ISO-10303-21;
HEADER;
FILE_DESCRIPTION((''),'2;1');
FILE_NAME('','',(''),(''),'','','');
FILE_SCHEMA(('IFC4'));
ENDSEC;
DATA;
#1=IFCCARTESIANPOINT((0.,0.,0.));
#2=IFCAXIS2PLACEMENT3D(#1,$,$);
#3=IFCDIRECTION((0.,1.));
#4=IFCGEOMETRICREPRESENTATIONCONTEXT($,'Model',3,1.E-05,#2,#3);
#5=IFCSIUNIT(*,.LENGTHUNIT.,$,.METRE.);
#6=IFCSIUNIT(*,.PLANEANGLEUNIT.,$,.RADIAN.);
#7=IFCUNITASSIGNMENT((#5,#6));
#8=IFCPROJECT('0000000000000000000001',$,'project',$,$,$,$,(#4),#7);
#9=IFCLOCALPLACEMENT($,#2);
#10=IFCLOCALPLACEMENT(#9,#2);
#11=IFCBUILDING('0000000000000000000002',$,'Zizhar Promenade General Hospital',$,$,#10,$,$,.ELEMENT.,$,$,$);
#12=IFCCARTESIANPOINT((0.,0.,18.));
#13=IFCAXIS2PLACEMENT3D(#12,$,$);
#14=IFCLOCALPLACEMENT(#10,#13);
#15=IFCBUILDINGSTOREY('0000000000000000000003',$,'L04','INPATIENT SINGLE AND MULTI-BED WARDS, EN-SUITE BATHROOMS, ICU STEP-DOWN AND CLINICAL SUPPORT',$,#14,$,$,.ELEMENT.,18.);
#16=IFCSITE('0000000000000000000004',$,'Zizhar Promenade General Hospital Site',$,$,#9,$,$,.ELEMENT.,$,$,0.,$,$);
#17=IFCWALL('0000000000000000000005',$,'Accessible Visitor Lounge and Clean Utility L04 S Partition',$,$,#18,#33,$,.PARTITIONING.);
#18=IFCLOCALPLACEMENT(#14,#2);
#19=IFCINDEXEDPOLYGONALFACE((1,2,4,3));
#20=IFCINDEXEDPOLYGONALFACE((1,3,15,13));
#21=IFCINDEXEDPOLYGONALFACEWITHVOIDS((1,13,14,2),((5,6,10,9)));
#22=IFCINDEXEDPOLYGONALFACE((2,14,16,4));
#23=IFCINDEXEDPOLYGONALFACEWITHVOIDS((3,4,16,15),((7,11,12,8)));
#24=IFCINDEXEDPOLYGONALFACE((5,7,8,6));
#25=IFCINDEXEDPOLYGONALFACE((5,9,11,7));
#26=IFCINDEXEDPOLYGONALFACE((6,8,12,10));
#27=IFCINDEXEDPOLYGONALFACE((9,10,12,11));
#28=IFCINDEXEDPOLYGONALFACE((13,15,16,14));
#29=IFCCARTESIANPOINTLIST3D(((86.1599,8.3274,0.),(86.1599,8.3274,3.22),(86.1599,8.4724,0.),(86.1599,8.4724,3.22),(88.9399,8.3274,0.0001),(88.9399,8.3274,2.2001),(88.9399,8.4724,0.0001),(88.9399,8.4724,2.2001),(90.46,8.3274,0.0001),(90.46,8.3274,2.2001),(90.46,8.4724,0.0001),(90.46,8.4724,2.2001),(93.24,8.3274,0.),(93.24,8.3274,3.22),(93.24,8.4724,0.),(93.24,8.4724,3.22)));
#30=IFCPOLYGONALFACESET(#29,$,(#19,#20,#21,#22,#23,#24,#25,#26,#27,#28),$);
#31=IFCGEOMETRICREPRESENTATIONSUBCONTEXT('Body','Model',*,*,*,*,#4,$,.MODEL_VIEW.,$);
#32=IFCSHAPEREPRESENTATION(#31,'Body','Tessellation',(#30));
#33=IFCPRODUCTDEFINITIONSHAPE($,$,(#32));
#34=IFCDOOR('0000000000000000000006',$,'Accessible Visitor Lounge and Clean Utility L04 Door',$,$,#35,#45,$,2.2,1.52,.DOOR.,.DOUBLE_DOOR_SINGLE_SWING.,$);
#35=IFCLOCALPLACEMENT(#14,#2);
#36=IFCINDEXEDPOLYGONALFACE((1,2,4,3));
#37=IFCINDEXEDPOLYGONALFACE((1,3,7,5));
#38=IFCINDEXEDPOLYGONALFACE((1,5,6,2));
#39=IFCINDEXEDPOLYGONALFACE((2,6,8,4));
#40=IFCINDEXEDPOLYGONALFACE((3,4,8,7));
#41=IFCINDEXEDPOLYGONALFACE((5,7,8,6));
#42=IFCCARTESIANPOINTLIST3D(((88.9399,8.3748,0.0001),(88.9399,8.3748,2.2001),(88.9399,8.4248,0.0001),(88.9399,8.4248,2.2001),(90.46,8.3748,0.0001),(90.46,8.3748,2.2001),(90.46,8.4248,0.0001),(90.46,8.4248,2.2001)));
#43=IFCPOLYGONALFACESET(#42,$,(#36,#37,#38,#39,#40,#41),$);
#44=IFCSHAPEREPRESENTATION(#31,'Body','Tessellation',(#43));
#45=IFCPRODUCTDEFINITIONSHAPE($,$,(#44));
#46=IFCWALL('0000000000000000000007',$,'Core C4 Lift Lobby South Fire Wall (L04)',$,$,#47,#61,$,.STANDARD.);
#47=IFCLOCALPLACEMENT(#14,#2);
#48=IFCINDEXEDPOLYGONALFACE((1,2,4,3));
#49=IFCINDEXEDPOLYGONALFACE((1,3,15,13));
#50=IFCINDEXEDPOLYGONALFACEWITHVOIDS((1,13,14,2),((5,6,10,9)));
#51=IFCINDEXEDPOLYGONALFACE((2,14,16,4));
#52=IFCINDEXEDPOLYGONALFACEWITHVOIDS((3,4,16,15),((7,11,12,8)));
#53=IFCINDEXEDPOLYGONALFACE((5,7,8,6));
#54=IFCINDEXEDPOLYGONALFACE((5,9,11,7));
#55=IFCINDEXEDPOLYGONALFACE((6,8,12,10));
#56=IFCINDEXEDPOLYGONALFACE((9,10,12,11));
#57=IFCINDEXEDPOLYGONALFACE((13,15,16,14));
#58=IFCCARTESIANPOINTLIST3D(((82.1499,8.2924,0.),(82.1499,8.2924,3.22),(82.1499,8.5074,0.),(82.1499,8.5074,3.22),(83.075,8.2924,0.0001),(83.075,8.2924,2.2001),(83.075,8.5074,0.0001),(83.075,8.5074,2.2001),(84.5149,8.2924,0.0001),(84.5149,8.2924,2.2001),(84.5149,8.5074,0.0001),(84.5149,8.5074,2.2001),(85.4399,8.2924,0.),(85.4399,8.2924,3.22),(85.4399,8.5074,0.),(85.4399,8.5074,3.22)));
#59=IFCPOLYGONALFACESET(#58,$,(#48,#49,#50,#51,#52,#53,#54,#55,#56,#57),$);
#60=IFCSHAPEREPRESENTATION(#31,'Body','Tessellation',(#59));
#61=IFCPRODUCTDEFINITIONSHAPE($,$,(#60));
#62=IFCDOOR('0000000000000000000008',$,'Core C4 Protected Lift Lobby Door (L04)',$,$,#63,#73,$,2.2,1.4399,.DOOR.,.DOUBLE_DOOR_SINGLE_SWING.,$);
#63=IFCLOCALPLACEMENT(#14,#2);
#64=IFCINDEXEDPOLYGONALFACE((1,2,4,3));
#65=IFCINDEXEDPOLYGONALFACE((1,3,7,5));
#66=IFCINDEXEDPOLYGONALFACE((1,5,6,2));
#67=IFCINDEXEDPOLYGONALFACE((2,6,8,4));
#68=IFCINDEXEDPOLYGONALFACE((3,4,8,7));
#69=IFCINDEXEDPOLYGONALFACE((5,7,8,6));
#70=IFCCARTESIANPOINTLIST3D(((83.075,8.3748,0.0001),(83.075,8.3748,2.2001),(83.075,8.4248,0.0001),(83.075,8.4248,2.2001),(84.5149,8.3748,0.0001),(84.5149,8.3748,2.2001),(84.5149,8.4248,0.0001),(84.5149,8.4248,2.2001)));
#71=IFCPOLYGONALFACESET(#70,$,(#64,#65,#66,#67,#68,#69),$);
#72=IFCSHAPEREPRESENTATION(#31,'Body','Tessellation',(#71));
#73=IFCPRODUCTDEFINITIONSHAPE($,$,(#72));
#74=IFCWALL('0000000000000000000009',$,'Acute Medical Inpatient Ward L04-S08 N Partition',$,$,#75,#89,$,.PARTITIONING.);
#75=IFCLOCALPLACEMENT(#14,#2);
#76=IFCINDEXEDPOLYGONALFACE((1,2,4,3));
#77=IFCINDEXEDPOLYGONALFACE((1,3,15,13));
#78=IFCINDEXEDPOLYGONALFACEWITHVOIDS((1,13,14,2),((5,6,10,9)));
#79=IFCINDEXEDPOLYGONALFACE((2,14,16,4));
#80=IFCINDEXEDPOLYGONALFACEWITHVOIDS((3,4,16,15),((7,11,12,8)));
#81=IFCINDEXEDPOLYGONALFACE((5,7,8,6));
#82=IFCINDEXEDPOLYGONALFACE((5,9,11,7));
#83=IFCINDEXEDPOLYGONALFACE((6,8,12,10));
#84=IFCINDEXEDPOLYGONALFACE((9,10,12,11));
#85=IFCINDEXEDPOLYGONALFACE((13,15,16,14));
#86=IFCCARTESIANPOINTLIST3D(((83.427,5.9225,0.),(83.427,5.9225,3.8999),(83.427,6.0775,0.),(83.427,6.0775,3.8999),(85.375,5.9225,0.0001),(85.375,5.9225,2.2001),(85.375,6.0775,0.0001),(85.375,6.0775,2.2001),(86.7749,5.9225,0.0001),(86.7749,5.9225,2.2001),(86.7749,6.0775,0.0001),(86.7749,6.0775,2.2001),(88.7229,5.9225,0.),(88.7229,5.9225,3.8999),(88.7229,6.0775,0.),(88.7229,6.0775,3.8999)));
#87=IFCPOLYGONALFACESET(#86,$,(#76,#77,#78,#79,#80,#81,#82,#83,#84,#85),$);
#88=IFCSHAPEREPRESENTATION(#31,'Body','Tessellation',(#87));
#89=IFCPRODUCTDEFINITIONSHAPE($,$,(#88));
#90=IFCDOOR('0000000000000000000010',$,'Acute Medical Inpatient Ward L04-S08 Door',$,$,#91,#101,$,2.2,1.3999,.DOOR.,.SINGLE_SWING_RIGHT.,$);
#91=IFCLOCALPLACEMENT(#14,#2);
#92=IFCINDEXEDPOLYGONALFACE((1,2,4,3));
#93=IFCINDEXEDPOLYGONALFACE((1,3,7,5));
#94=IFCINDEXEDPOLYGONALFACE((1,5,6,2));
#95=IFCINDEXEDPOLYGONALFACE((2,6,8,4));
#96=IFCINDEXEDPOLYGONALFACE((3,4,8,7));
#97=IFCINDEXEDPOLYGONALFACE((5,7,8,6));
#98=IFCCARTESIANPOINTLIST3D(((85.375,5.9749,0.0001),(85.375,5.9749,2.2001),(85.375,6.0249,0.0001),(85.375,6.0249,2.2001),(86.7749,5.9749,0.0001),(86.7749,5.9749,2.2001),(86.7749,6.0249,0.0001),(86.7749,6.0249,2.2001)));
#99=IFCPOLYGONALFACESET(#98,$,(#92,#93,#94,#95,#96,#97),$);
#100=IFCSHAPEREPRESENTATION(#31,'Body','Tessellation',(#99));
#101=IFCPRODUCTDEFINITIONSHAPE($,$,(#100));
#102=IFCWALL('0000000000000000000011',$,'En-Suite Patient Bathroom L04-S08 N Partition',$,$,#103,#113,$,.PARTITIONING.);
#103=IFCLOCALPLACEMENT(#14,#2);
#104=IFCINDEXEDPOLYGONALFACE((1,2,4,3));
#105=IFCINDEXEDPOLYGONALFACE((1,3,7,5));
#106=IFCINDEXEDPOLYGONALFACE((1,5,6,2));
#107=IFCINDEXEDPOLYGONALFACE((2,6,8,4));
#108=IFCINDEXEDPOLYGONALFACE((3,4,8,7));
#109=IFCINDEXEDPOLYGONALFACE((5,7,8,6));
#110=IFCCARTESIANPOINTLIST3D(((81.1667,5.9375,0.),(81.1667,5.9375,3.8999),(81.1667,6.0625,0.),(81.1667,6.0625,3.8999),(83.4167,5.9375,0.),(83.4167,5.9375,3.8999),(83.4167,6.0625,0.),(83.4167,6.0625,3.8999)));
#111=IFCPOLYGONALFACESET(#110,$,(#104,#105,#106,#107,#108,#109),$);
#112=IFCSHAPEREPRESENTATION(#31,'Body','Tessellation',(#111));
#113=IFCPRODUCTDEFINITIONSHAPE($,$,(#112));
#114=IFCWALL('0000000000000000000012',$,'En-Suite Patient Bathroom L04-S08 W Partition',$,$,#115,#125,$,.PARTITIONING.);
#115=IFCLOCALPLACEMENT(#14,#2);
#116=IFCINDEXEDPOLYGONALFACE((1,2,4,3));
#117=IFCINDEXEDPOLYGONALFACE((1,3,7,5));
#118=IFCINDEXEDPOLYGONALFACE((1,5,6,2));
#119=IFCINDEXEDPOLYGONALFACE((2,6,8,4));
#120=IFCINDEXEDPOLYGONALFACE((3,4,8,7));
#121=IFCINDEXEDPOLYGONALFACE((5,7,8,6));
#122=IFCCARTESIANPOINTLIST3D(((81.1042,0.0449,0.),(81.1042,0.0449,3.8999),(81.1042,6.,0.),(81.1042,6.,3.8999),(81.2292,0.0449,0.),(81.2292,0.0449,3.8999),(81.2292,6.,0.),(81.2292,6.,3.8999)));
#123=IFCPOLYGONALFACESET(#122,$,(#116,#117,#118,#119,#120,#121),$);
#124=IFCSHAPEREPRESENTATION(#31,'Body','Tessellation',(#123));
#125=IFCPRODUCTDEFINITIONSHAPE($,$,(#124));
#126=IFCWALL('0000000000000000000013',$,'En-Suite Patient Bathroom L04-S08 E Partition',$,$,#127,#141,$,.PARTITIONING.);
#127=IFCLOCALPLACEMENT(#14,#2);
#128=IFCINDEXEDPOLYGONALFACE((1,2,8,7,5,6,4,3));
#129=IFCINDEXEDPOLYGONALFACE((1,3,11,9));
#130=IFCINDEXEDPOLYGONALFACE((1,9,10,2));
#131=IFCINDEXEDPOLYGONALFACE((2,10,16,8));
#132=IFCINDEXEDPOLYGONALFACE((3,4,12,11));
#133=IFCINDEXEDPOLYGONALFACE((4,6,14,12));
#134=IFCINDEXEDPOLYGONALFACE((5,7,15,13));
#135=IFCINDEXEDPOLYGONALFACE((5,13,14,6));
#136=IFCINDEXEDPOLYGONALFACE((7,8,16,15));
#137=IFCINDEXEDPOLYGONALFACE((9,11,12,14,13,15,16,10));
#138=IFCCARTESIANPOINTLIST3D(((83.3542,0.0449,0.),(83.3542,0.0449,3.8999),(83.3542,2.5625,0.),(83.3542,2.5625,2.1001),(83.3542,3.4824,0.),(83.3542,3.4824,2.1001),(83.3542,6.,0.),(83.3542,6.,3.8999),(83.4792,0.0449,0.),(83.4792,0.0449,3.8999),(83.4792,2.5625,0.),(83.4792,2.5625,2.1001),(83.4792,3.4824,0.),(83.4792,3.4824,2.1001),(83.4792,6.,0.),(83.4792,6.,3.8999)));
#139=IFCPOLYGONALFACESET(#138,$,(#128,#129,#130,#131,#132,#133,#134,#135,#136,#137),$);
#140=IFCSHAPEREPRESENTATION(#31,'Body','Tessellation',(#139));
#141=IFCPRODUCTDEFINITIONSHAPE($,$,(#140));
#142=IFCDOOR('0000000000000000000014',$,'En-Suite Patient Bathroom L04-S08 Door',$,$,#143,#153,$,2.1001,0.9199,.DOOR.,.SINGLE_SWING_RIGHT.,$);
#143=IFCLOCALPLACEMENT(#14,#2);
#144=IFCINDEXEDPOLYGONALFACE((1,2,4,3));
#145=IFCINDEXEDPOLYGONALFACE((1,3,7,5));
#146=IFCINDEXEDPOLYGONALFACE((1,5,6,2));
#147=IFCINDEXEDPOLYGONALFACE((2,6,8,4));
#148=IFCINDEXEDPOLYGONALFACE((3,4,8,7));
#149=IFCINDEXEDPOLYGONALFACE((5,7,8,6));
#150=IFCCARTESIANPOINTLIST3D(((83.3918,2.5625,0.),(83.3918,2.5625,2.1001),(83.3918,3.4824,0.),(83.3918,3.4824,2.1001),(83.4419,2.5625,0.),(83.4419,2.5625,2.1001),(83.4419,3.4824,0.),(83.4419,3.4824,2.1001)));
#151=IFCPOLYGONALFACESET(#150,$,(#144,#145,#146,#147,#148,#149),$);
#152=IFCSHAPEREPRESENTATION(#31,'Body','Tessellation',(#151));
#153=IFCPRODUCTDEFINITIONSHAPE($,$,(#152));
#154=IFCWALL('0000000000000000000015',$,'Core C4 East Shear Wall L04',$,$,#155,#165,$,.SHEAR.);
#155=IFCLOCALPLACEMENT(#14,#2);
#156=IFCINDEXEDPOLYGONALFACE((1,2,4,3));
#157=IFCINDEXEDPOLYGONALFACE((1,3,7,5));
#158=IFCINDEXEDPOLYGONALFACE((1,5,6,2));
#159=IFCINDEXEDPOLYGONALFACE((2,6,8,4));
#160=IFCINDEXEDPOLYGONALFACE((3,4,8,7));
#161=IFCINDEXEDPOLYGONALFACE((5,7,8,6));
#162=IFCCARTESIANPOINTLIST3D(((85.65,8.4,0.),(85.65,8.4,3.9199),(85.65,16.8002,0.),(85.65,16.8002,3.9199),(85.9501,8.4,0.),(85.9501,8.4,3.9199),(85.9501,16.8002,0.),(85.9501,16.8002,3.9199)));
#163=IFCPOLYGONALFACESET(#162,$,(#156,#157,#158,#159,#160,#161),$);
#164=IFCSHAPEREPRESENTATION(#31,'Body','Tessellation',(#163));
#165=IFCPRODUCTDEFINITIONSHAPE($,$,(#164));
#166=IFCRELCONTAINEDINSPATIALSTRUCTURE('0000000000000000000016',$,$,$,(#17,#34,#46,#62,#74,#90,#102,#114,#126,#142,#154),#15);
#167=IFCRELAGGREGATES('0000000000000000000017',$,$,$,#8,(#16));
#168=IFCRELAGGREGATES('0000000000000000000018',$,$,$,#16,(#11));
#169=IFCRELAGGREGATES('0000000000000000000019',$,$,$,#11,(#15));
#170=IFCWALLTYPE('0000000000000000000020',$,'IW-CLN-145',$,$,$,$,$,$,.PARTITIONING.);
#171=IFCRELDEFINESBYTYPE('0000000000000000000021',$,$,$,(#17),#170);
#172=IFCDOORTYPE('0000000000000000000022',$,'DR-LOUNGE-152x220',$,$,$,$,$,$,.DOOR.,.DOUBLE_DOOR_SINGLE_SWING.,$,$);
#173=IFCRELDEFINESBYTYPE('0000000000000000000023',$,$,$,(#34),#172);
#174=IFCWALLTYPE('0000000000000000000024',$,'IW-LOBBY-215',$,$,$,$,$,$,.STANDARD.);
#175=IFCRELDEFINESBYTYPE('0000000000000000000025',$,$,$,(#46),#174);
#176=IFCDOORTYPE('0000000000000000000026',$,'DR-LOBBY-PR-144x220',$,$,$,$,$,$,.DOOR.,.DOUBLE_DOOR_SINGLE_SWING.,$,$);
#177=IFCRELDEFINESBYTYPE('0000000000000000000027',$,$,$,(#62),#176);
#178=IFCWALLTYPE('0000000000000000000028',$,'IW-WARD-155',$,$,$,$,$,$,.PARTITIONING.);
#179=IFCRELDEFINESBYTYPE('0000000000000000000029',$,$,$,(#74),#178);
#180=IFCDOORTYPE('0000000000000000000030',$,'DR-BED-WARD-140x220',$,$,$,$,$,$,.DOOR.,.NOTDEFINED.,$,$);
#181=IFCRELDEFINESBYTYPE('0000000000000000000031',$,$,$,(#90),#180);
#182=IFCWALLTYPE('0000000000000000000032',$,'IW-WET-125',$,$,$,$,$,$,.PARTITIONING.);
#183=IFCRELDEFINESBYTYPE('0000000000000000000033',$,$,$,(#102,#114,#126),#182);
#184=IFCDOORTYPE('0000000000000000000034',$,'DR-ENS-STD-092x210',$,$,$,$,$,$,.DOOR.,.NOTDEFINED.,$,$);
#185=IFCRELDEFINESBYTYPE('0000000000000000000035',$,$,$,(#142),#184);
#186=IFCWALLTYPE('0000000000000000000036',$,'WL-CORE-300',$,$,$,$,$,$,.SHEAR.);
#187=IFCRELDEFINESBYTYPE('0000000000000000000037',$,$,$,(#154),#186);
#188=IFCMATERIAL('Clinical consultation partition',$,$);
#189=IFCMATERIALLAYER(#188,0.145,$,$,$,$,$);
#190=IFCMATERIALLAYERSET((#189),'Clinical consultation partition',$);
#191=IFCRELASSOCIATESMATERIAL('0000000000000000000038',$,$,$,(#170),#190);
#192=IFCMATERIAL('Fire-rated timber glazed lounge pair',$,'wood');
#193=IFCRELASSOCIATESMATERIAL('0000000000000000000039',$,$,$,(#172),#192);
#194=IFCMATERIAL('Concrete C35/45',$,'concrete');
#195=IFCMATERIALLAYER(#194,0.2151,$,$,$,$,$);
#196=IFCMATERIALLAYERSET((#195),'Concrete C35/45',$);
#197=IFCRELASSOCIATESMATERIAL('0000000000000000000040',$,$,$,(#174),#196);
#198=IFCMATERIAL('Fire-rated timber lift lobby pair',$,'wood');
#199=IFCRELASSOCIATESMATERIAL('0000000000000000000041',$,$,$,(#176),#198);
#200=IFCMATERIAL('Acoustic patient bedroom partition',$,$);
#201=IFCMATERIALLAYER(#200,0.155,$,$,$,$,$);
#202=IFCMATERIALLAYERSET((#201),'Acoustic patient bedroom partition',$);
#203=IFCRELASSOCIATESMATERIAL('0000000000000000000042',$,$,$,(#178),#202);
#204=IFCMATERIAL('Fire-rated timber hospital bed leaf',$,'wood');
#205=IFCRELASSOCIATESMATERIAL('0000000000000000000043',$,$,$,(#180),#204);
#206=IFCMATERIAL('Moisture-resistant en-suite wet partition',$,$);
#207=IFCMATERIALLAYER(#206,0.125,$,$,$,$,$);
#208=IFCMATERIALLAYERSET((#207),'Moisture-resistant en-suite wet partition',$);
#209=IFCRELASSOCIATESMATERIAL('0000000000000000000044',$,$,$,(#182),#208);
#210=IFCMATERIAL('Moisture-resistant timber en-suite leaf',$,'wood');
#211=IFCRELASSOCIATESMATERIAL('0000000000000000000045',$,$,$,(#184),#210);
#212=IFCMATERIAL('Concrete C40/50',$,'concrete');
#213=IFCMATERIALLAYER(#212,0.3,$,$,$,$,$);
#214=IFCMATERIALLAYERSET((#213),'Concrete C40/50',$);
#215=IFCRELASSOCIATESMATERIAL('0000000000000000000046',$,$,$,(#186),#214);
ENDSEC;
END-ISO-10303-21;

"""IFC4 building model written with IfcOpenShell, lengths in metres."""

from ifc_helpers import new_model, si_unit, direction, frame, frame_2d, origin, place, context, subcontext, project, spatial, rectangle, extrude, material, layer, layer_set, type_object, element, fill, save


model = new_model("IFC4")

# Units and contexts
model_context = context("Model", 3, precision=1e-05, world=origin(), true_north=direction((0.0, 1.0)))
body_context = subcontext(model_context, "Body", "Model", "MODEL_VIEW")
ifc_project = project(units=[si_unit("LENGTHUNIT", "METRE"), si_unit("PLANEANGLEUNIT", "RADIAN")], contexts=[model_context])

# Site, building, storey
site_placement = place(None, origin())
site = spatial("IfcSite", under=ifc_project, at=site_placement, Name="Zizhar Promenade General Hospital Site", CompositionType="ELEMENT", RefElevation=0.0)
building_placement = place(site_placement, origin())
building = spatial("IfcBuilding", under=site, at=building_placement, Name="Zizhar Promenade General Hospital", CompositionType="ELEMENT")
storey_placement = place(building_placement, frame((0.0, 0.0, 18.0)))
storey = spatial("IfcBuildingStorey", under=building, at=storey_placement, Name="L04", Description="INPATIENT SINGLE AND MULTI-BED WARDS, EN-SUITE BATHROOMS, ICU STEP-DOWN AND CLINICAL SUPPORT", CompositionType="ELEMENT", Elevation=18.0)

# Walls, openings, doors
ifc_material_1 = material(Name="Clinical consultation partition")
ifc_layer_1 = layer(ifc_material_1, 0.145)
ifc_layer_set_1 = layer_set([ifc_layer_1], Name="Clinical consultation partition")
wall_type_1 = type_object("IfcWallType", Name="IW-CLN-145", PredefinedType="PARTITIONING", material=ifc_layer_set_1)
wall_1_placement = place(storey_placement, frame((86.1599, 8.3999, 0.0), z_axis=(0.0, 0.0, 1.0), x_axis=(1.0, 0.0, 0.0)))
wall_1 = element("IfcWall", 1, at=wall_1_placement, inside=storey, type_object=wall_type_1, Name="Accessible Visitor Lounge and Clean Utility L04 S Partition", PredefinedType="PARTITIONING", context=body_context, shape_type="SweptSolid", body=[
    extrude(rectangle(XDim=7.0801, YDim=0.145, at=frame_2d((3.54, 0.0))), origin(), (0.0, 0.0, 1.0), 3.22),
])
opening_1_placement = place(wall_1_placement, frame((2.78, 0.0, 0.0)))
opening_1 = element("IfcOpeningElement", 2, at=opening_1_placement, cuts=wall_1, PredefinedType="OPENING", context=body_context, shape_type="SweptSolid", body=[
    extrude(rectangle(XDim=1.52, YDim=2.2, at=frame_2d((0.76, 1.1001))), frame((0.0, 0.0825, 0.0), z_axis=(0.0, -1.0, 0.0), x_axis=(1.0, 0.0, 0.0)), (0.0, 0.0, 1.0), 0.165),
])
ifc_material_2 = material(Name="Fire-rated timber glazed lounge pair", Category="wood")
door_type_1 = type_object("IfcDoorType", Name="DR-LOUNGE-152x220", OperationType="DOUBLE_DOOR_SINGLE_SWING", PredefinedType="DOOR", material=ifc_material_2)
door_1_placement = place(opening_1_placement, origin())
door_1 = element("IfcDoor", 3, at=door_1_placement, inside=storey, type_object=door_type_1, Name="Accessible Visitor Lounge and Clean Utility L04 Door", OperationType="DOUBLE_DOOR_SINGLE_SWING", OverallHeight=2.2, OverallWidth=1.52, PredefinedType="DOOR", context=body_context, shape_type="SweptSolid", body=[
    extrude(rectangle(XDim=1.52, YDim=2.2, at=frame_2d((0.76, 1.1001))), frame((0.0, 0.0249, 0.0), z_axis=(0.0, -1.0, 0.0), x_axis=(1.0, 0.0, 0.0)), (0.0, 0.0, 1.0), 0.05),
])
fill(opening_1, door_1)
ifc_material_3 = material(Name="Concrete C35/45", Category="concrete")
ifc_layer_2 = layer(ifc_material_3, 0.2151)
ifc_layer_set_2 = layer_set([ifc_layer_2], Name="Concrete C35/45")
wall_type_2 = type_object("IfcWallType", Name="IW-LOBBY-215", PredefinedType="STANDARD", material=ifc_layer_set_2)
wall_2_placement = place(storey_placement, frame((82.1499, 8.3999, 0.0), z_axis=(0.0, 0.0, 1.0), x_axis=(1.0, 0.0, 0.0)))
wall_2 = element("IfcWall", 4, at=wall_2_placement, inside=storey, type_object=wall_type_2, Name="Core C4 Lift Lobby South Fire Wall (L04)", PredefinedType="STANDARD", context=body_context, shape_type="SweptSolid", body=[
    extrude(rectangle(XDim=3.29, YDim=0.2151, at=frame_2d((1.645, 0.0))), origin(), (0.0, 0.0, 1.0), 3.22),
])
opening_2_placement = place(wall_2_placement, frame((0.925, 0.0, 0.0)))
opening_2 = element("IfcOpeningElement", 5, at=opening_2_placement, cuts=wall_2, PredefinedType="OPENING", context=body_context, shape_type="SweptSolid", body=[
    extrude(rectangle(XDim=1.4399, YDim=2.2, at=frame_2d((0.72, 1.1001))), frame((0.0, 0.1177, 0.0), z_axis=(0.0, -1.0, 0.0), x_axis=(1.0, 0.0, 0.0)), (0.0, 0.0, 1.0), 0.2351),
])
ifc_material_4 = material(Name="Fire-rated timber lift lobby pair", Category="wood")
door_type_2 = type_object("IfcDoorType", Name="DR-LOBBY-PR-144x220", OperationType="DOUBLE_DOOR_SINGLE_SWING", PredefinedType="DOOR", material=ifc_material_4)
door_2_placement = place(opening_2_placement, origin())
door_2 = element("IfcDoor", 6, at=door_2_placement, inside=storey, type_object=door_type_2, Name="Core C4 Protected Lift Lobby Door (L04)", OperationType="DOUBLE_DOOR_SINGLE_SWING", OverallHeight=2.2, OverallWidth=1.4399, PredefinedType="DOOR", context=body_context, shape_type="SweptSolid", body=[
    extrude(rectangle(XDim=1.4399, YDim=2.2, at=frame_2d((0.72, 1.1001))), frame((0.0, 0.0249, 0.0), z_axis=(0.0, -1.0, 0.0), x_axis=(1.0, 0.0, 0.0)), (0.0, 0.0, 1.0), 0.05),
])
fill(opening_2, door_2)
ifc_material_5 = material(Name="Acoustic patient bedroom partition")
ifc_layer_3 = layer(ifc_material_5, 0.155)
ifc_layer_set_3 = layer_set([ifc_layer_3], Name="Acoustic patient bedroom partition")
wall_type_3 = type_object("IfcWallType", Name="IW-WARD-155", PredefinedType="PARTITIONING", material=ifc_layer_set_3)
wall_3_placement = place(storey_placement, frame((83.427, 6.0, 0.0), z_axis=(0.0, 0.0, 1.0), x_axis=(1.0, 0.0, 0.0)))
wall_3 = element("IfcWall", 7, at=wall_3_placement, inside=storey, type_object=wall_type_3, Name="Acute Medical Inpatient Ward L04-S08 N Partition", PredefinedType="PARTITIONING", context=body_context, shape_type="SweptSolid", body=[
    extrude(rectangle(XDim=5.2959, YDim=0.155, at=frame_2d((2.6479, 0.0))), origin(), (0.0, 0.0, 1.0), 3.8999),
])
opening_3_placement = place(wall_3_placement, frame((1.948, 0.0, 0.0)))
opening_3 = element("IfcOpeningElement", 8, at=opening_3_placement, cuts=wall_3, PredefinedType="OPENING", context=body_context, shape_type="SweptSolid", body=[
    extrude(rectangle(XDim=1.3999, YDim=2.2, at=frame_2d((0.7, 1.1001))), frame((0.0, 0.0874, 0.0), z_axis=(0.0, -1.0, 0.0), x_axis=(1.0, 0.0, 0.0)), (0.0, 0.0, 1.0), 0.175),
])
ifc_material_6 = material(Name="Fire-rated timber hospital bed leaf", Category="wood")
door_type_3 = type_object("IfcDoorType", Name="DR-BED-WARD-140x220", OperationType="NOTDEFINED", PredefinedType="DOOR", material=ifc_material_6)
door_3_placement = place(opening_3_placement, origin())
door_3 = element("IfcDoor", 9, at=door_3_placement, inside=storey, type_object=door_type_3, Name="Acute Medical Inpatient Ward L04-S08 Door", OperationType="SINGLE_SWING_RIGHT", OverallHeight=2.2, OverallWidth=1.3999, PredefinedType="DOOR", context=body_context, shape_type="SweptSolid", body=[
    extrude(rectangle(XDim=1.3999, YDim=2.2, at=frame_2d((0.7, 1.1001))), frame((0.0, 0.0249, 0.0), z_axis=(0.0, -1.0, 0.0), x_axis=(1.0, 0.0, 0.0)), (0.0, 0.0, 1.0), 0.05),
])
fill(opening_3, door_3)

# Walls
ifc_material_7 = material(Name="Moisture-resistant en-suite wet partition")
ifc_layer_4 = layer(ifc_material_7, 0.125)
ifc_layer_set_4 = layer_set([ifc_layer_4], Name="Moisture-resistant en-suite wet partition")
wall_type_4 = type_object("IfcWallType", Name="IW-WET-125", PredefinedType="PARTITIONING", material=ifc_layer_set_4)
wall_4_placement = place(storey_placement, frame((81.1667, 6.0, 0.0), z_axis=(0.0, 0.0, 1.0), x_axis=(1.0, 0.0, 0.0)))
element("IfcWall", 10, at=wall_4_placement, inside=storey, type_object=wall_type_4, Name="En-Suite Patient Bathroom L04-S08 N Partition", PredefinedType="PARTITIONING", context=body_context, shape_type="SweptSolid", body=[
    extrude(rectangle(XDim=2.25, YDim=0.125, at=frame_2d((1.125, 0.0))), origin(), (0.0, 0.0, 1.0), 3.8999),
])
wall_5_placement = place(storey_placement, frame((81.1667, 0.0449, 0.0), z_axis=(0.0, 0.0, 1.0), x_axis=(0.0, 1.0, 0.0)))
element("IfcWall", 11, at=wall_5_placement, inside=storey, type_object=wall_type_4, Name="En-Suite Patient Bathroom L04-S08 W Partition", PredefinedType="PARTITIONING", context=body_context, shape_type="SweptSolid", body=[
    extrude(rectangle(XDim=5.9551, YDim=0.125, at=frame_2d((2.9775, 0.0))), origin(), (0.0, 0.0, 1.0), 3.8999),
])

# Wall, opening, door
wall_6_placement = place(storey_placement, frame((83.4167, 0.0449, 0.0), z_axis=(0.0, 0.0, 1.0), x_axis=(0.0, 1.0, 0.0)))
wall_6 = element("IfcWall", 12, at=wall_6_placement, inside=storey, type_object=wall_type_4, Name="En-Suite Patient Bathroom L04-S08 E Partition", PredefinedType="PARTITIONING", context=body_context, shape_type="SweptSolid", body=[
    extrude(rectangle(XDim=5.9551, YDim=0.125, at=frame_2d((2.9775, 0.0))), origin(), (0.0, 0.0, 1.0), 3.8999),
])
opening_4_placement = place(wall_6_placement, frame((2.5176, 0.0, 0.0)))
opening_4 = element("IfcOpeningElement", 13, at=opening_4_placement, cuts=wall_6, PredefinedType="OPENING", context=body_context, shape_type="SweptSolid", body=[
    extrude(rectangle(XDim=0.9199, YDim=2.1001, at=frame_2d((0.46, 1.05))), frame((0.0, 0.0725, 0.0), z_axis=(0.0, -1.0, 0.0), x_axis=(1.0, 0.0, 0.0)), (0.0, 0.0, 1.0), 0.145),
])
ifc_material_8 = material(Name="Moisture-resistant timber en-suite leaf", Category="wood")
door_type_4 = type_object("IfcDoorType", Name="DR-ENS-STD-092x210", OperationType="NOTDEFINED", PredefinedType="DOOR", material=ifc_material_8)
door_4_placement = place(opening_4_placement, origin())
door_4 = element("IfcDoor", 14, at=door_4_placement, inside=storey, type_object=door_type_4, Name="En-Suite Patient Bathroom L04-S08 Door", OperationType="SINGLE_SWING_RIGHT", OverallHeight=2.1001, OverallWidth=0.9199, PredefinedType="DOOR", context=body_context, shape_type="SweptSolid", body=[
    extrude(rectangle(XDim=0.9199, YDim=2.1001, at=frame_2d((0.46, 1.05))), frame((0.0, 0.0249, 0.0), z_axis=(0.0, -1.0, 0.0), x_axis=(1.0, 0.0, 0.0)), (0.0, 0.0, 1.0), 0.05),
])
fill(opening_4, door_4)

# Wall
ifc_material_9 = material(Name="Concrete C40/50", Category="concrete")
ifc_layer_5 = layer(ifc_material_9, 0.3)
ifc_layer_set_5 = layer_set([ifc_layer_5], Name="Concrete C40/50")
wall_type_5 = type_object("IfcWallType", Name="WL-CORE-300", PredefinedType="SHEAR", material=ifc_layer_set_5)
wall_7_placement = place(storey_placement, frame((85.8, 8.3999, 0.0), z_axis=(0.0, 0.0, 1.0), x_axis=(0.0, 1.0, 0.0)))
element("IfcWall", 15, at=wall_7_placement, inside=storey, type_object=wall_type_5, Name="Core C4 East Shear Wall L04", PredefinedType="SHEAR", context=body_context, shape_type="SweptSolid", body=[
    extrude(rectangle(XDim=8.4001, YDim=0.3, at=frame_2d((4.2002, 0.0))), origin(), (0.0, 0.0, 1.0), 3.9199),
])

save(model, "model.ifc")
